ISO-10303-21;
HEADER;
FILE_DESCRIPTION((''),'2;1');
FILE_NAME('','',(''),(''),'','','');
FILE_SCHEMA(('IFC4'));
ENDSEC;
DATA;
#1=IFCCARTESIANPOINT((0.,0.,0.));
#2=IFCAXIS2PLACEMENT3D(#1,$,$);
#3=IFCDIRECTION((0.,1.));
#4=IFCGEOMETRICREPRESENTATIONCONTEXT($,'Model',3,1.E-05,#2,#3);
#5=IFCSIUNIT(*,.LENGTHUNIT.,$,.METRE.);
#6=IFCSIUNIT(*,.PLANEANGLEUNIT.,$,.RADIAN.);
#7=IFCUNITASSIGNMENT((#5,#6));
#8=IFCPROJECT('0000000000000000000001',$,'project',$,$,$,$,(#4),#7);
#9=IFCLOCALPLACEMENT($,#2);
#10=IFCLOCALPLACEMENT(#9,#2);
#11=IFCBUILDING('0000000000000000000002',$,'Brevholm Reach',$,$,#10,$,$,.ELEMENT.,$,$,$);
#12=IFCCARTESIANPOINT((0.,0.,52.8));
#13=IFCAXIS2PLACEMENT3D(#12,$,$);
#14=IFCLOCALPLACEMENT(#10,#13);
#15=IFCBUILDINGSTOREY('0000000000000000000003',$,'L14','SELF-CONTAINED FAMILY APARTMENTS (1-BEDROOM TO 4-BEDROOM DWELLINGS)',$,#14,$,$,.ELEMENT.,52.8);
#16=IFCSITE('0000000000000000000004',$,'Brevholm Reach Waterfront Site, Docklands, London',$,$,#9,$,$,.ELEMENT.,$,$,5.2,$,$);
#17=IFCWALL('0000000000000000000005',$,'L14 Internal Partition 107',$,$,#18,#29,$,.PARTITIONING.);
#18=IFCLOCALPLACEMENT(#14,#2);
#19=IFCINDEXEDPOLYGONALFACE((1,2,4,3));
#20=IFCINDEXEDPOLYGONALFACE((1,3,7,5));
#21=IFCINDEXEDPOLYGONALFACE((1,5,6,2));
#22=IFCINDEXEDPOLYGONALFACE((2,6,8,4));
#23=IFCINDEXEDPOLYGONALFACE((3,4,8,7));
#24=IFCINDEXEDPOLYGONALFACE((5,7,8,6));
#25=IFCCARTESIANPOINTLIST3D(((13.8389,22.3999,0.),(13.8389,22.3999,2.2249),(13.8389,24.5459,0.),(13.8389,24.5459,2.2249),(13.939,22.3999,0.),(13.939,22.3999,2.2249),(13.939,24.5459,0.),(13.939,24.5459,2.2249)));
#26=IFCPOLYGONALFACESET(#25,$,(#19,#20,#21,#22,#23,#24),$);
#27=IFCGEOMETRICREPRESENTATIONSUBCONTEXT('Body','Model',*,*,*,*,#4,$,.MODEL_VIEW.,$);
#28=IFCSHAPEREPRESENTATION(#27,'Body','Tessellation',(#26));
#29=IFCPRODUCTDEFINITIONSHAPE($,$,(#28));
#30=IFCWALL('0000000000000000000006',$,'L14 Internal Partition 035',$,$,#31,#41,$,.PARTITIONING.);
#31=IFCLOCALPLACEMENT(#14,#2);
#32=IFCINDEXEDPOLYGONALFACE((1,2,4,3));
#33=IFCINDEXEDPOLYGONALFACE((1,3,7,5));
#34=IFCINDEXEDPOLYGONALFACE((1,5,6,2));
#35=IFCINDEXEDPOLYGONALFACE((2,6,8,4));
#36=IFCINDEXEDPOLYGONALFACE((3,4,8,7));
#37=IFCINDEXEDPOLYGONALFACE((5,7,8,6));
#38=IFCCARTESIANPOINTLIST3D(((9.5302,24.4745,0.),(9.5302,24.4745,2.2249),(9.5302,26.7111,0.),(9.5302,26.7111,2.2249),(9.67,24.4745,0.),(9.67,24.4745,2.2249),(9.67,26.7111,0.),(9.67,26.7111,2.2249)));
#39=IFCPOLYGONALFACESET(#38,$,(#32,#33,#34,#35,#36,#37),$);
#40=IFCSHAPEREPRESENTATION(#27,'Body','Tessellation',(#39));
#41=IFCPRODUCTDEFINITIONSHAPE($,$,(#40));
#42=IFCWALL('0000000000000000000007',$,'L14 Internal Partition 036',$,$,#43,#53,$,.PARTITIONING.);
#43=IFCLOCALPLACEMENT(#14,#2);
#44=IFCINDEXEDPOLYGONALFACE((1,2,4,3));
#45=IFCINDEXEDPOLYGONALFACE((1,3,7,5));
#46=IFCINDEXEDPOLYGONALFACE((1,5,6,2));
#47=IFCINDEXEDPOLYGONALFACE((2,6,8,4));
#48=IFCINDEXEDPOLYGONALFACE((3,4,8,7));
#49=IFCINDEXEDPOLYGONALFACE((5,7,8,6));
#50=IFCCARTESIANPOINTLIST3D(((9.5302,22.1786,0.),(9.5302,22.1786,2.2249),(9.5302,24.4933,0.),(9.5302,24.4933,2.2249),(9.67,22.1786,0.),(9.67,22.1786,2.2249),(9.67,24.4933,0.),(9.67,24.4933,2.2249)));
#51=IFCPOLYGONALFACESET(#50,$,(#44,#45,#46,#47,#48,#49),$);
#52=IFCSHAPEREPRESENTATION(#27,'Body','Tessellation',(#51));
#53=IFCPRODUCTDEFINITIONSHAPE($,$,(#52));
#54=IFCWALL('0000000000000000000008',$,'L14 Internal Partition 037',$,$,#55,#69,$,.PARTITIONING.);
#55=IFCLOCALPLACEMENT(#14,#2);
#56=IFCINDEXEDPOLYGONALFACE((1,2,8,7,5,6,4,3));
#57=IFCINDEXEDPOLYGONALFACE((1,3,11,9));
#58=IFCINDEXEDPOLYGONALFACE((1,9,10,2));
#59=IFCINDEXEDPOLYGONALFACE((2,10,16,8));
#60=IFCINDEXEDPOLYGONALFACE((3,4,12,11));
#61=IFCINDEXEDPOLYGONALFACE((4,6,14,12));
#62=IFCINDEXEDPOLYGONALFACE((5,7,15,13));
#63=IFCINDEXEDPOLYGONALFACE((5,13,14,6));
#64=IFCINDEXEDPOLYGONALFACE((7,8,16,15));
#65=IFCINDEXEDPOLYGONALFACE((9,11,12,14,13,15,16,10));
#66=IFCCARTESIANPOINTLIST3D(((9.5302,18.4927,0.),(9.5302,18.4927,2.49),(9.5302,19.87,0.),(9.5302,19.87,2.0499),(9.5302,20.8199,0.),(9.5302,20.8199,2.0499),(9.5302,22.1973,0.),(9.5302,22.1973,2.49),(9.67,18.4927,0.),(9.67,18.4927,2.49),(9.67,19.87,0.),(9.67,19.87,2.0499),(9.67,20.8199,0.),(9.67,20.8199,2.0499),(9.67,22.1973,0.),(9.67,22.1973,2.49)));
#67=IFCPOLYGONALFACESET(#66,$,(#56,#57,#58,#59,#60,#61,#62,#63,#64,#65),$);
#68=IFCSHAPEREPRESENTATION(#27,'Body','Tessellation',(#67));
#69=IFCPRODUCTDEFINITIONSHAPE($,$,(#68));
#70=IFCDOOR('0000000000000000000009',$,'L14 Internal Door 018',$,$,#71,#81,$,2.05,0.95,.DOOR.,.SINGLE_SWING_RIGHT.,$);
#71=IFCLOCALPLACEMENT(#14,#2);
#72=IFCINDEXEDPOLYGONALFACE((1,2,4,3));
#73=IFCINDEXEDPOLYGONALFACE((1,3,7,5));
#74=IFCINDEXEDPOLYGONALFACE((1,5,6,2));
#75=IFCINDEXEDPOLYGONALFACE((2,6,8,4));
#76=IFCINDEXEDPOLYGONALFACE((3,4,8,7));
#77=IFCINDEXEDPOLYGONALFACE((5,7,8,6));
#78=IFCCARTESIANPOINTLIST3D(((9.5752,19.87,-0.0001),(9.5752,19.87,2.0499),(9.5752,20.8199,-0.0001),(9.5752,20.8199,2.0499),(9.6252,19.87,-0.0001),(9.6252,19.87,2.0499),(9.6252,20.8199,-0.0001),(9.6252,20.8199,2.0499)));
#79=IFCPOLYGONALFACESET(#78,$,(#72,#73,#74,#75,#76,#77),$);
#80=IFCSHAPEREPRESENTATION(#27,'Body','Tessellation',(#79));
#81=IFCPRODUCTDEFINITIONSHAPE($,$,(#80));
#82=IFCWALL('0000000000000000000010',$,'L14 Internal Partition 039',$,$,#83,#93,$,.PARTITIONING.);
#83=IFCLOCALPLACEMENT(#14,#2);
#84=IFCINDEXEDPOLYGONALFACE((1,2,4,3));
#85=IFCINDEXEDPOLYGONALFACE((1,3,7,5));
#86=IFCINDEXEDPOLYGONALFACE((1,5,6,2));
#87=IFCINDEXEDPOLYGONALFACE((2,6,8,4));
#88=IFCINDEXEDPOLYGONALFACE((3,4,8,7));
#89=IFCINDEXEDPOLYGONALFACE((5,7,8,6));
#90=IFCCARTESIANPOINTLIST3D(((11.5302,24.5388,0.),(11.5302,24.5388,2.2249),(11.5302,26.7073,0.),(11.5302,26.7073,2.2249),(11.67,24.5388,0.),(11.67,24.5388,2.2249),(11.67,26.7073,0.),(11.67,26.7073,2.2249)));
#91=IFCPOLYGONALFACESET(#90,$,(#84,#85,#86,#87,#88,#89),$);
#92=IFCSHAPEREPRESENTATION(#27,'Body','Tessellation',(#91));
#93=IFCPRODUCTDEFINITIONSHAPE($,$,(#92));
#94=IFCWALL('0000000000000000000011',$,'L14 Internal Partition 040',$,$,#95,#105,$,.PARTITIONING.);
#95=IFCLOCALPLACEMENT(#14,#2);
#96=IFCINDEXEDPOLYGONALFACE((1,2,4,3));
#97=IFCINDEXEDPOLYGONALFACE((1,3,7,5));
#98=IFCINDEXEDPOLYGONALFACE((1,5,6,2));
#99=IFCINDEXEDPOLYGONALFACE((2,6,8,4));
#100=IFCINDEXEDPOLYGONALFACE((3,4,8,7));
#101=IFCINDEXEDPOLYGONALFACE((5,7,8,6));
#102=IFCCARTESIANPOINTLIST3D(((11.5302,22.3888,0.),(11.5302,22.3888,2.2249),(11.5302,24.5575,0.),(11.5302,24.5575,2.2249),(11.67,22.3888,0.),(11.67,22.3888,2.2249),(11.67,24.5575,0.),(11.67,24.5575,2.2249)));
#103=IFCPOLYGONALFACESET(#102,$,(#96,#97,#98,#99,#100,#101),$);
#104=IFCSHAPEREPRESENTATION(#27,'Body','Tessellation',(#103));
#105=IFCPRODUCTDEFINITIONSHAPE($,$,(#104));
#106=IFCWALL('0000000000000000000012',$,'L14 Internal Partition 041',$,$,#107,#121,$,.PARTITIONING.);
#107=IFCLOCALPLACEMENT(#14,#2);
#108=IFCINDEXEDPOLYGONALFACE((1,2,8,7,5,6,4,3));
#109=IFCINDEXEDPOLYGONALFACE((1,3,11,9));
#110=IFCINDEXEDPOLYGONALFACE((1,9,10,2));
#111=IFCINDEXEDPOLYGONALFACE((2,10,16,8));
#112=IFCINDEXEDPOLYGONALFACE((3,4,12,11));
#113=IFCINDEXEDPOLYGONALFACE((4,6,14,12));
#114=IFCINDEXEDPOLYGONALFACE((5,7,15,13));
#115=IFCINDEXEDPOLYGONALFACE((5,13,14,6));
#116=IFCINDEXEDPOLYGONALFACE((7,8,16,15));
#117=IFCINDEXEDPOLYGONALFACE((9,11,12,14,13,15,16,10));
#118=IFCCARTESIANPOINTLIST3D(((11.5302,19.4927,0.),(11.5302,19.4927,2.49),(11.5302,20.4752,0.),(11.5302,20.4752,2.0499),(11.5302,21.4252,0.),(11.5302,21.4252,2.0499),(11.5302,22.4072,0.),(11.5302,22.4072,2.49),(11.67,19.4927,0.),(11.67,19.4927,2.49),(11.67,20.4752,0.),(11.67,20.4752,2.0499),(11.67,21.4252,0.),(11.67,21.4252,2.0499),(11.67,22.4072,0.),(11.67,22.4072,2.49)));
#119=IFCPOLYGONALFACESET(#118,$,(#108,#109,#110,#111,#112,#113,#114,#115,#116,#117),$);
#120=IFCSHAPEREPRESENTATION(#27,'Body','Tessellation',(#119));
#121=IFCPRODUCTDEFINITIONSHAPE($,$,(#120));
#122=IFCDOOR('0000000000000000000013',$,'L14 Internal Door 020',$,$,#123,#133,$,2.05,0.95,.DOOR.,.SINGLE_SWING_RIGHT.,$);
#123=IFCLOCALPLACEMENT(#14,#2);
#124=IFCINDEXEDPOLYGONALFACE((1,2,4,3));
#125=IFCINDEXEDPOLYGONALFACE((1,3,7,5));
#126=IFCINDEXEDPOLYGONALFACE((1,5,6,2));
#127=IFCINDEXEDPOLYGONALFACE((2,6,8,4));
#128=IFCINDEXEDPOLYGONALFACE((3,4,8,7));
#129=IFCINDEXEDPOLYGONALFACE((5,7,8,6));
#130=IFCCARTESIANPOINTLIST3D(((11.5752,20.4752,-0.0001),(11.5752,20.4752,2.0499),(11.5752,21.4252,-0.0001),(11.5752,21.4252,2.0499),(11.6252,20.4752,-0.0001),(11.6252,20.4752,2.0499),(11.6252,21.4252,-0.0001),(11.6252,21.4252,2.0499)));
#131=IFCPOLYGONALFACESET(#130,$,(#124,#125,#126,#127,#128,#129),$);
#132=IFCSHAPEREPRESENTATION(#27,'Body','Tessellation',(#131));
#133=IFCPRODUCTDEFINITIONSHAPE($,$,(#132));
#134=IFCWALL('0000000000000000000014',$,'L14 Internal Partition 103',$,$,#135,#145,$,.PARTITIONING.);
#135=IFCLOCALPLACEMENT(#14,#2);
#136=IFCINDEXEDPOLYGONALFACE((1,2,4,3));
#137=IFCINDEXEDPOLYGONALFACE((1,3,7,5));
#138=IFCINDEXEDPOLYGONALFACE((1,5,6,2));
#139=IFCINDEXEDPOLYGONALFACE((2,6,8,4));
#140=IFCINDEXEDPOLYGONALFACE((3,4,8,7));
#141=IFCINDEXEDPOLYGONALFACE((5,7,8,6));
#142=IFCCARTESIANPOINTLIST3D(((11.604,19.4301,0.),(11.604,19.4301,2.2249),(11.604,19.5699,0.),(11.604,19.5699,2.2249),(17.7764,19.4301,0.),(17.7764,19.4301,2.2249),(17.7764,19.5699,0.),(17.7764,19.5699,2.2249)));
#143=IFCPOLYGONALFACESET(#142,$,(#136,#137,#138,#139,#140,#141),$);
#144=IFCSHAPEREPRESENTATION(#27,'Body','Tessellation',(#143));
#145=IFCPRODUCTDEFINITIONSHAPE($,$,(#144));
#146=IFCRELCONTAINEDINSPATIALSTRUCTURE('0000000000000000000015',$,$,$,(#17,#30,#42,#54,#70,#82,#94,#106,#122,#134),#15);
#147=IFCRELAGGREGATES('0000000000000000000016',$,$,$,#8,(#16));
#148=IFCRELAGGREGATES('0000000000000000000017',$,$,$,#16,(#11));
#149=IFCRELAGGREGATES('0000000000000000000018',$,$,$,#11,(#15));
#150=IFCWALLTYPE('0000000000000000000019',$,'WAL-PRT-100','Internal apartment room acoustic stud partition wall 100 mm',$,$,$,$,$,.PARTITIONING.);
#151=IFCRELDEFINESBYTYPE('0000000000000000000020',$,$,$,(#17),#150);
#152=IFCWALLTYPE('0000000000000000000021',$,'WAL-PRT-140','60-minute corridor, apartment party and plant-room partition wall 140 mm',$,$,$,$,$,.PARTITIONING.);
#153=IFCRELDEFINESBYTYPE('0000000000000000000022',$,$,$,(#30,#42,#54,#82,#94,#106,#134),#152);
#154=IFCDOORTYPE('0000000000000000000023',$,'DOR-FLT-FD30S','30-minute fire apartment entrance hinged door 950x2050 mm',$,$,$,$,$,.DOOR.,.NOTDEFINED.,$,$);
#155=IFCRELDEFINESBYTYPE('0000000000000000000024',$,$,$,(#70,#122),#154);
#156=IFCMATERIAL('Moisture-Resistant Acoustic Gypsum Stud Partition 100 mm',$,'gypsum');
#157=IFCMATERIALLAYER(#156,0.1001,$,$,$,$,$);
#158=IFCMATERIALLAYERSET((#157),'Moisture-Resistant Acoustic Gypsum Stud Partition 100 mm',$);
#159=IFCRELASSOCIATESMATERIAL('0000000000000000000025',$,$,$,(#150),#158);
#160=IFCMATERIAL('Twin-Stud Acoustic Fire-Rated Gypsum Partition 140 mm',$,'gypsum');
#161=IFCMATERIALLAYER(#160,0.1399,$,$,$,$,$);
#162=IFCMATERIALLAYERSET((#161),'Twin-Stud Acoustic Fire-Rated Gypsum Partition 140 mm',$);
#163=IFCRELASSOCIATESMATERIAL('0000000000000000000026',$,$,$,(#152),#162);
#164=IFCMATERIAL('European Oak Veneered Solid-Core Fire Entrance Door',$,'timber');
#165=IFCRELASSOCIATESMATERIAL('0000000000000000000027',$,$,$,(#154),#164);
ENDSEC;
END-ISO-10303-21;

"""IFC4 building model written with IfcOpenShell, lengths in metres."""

from ifc_helpers import new_model, si_unit, direction, frame, frame_2d, origin, place, context, subcontext, project, spatial, rectangle, extrude, material, layer, layer_set, type_object, element, fill, save


model = new_model("IFC4")

# Units and contexts
model_context = context("Model", 3, precision=1e-05, world=origin(), true_north=direction((0.0, 1.0)))
body_context = subcontext(model_context, "Body", "Model", "MODEL_VIEW")
ifc_project = project(units=[si_unit("LENGTHUNIT", "METRE"), si_unit("PLANEANGLEUNIT", "RADIAN")], contexts=[model_context])

# Site, building, storey
site_placement = place(None, origin())
site = spatial("IfcSite", under=ifc_project, at=site_placement, Name="Brevholm Reach Waterfront Site, Docklands, London", CompositionType="ELEMENT", RefElevation=5.2)
building_placement = place(site_placement, origin())
building = spatial("IfcBuilding", under=site, at=building_placement, Name="Brevholm Reach", CompositionType="ELEMENT")
storey_placement = place(building_placement, frame((0.0, 0.0, 52.8)))
storey = spatial("IfcBuildingStorey", under=building, at=storey_placement, Name="L14", Description="SELF-CONTAINED FAMILY APARTMENTS (1-BEDROOM TO 4-BEDROOM DWELLINGS)", CompositionType="ELEMENT", Elevation=52.8)

# Shared definitions
ifc_material_1 = material(Name="Moisture-Resistant Acoustic Gypsum Stud Partition 100 mm", Category="gypsum")
ifc_layer_1 = layer(ifc_material_1, 0.1001)
ifc_layer_set_1 = layer_set([ifc_layer_1], Name="Moisture-Resistant Acoustic Gypsum Stud Partition 100 mm")
wall_type_1 = type_object("IfcWallType", Name="WAL-PRT-100", Description="Internal apartment room acoustic stud partition wall 100 mm", PredefinedType="PARTITIONING", material=ifc_layer_set_1)

# Walls
wall_1_placement = place(storey_placement, frame((13.8889, 22.3999, 0.0), z_axis=(0.0, 0.0, 1.0), x_axis=(0.0, 1.0, 0.0)))
element("IfcWall", 1, at=wall_1_placement, inside=storey, type_object=wall_type_1, Name="L14 Internal Partition 107", PredefinedType="PARTITIONING", context=body_context, shape_type="SweptSolid", body=[
    extrude(rectangle(XDim=2.146, YDim=0.1001, at=frame_2d((1.073, 0.0))), origin(), (0.0, 0.0, 1.0), 2.2249),
])
ifc_material_2 = material(Name="Twin-Stud Acoustic Fire-Rated Gypsum Partition 140 mm", Category="gypsum")
ifc_layer_2 = layer(ifc_material_2, 0.1399)
ifc_layer_set_2 = layer_set([ifc_layer_2], Name="Twin-Stud Acoustic Fire-Rated Gypsum Partition 140 mm")
wall_type_2 = type_object("IfcWallType", Name="WAL-PRT-140", Description="60-minute corridor, apartment party and plant-room partition wall 140 mm", PredefinedType="PARTITIONING", material=ifc_layer_set_2)
wall_2_placement = place(storey_placement, frame((9.6001, 24.4746, 0.0), z_axis=(0.0, 0.0, 1.0), x_axis=(0.0, 1.0, 0.0)))
element("IfcWall", 2, at=wall_2_placement, inside=storey, type_object=wall_type_2, Name="L14 Internal Partition 035", PredefinedType="PARTITIONING", context=body_context, shape_type="SweptSolid", body=[
    extrude(rectangle(XDim=2.2366, YDim=0.1399, at=frame_2d((1.1182, 0.0))), origin(), (0.0, 0.0, 1.0), 2.2249),
])
wall_3_placement = place(storey_placement, frame((9.6001, 22.1787, 0.0), z_axis=(0.0, 0.0, 1.0), x_axis=(0.0, 1.0, 0.0)))
element("IfcWall", 3, at=wall_3_placement, inside=storey, type_object=wall_type_2, Name="L14 Internal Partition 036", PredefinedType="PARTITIONING", context=body_context, shape_type="SweptSolid", body=[
    extrude(rectangle(XDim=2.3147, YDim=0.1399, at=frame_2d((1.1572, 0.0))), origin(), (0.0, 0.0, 1.0), 2.2249),
])

# Wall, opening, door
wall_4_placement = place(storey_placement, frame((9.6001, 18.4927, 0.0), z_axis=(0.0, 0.0, 1.0), x_axis=(0.0, 1.0, 0.0)))
wall_4 = element("IfcWall", 4, at=wall_4_placement, inside=storey, type_object=wall_type_2, Name="L14 Internal Partition 037", PredefinedType="PARTITIONING", context=body_context, shape_type="SweptSolid", body=[
    extrude(rectangle(XDim=3.7046, YDim=0.1399, at=frame_2d((1.8523, 0.0))), origin(), (0.0, 0.0, 1.0), 2.49),
])
opening_1_placement = place(wall_4_placement, frame((1.3772, 0.0, 0.0)))
opening_1 = element("IfcOpeningElement", 5, at=opening_1_placement, cuts=wall_4, PredefinedType="OPENING", context=body_context, shape_type="SweptSolid", body=[
    extrude(rectangle(XDim=0.95, YDim=2.05, at=frame_2d((0.4751, 1.0249))), frame((0.0, 0.0798, 0.0), z_axis=(0.0, -1.0, 0.0), x_axis=(1.0, 0.0, 0.0)), (0.0, 0.0, 1.0), 0.1599),
])
ifc_material_3 = material(Name="European Oak Veneered Solid-Core Fire Entrance Door", Category="timber")
door_type_1 = type_object("IfcDoorType", Name="DOR-FLT-FD30S", Description="30-minute fire apartment entrance hinged door 950x2050 mm", OperationType="NOTDEFINED", PredefinedType="DOOR", material=ifc_material_3)
door_1_placement = place(opening_1_placement, origin())
door_1 = element("IfcDoor", 6, at=door_1_placement, inside=storey, type_object=door_type_1, Name="L14 Internal Door 018", OperationType="SINGLE_SWING_RIGHT", OverallHeight=2.05, OverallWidth=0.95, PredefinedType="DOOR", context=body_context, shape_type="SweptSolid", body=[
    extrude(rectangle(XDim=0.95, YDim=2.05, at=frame_2d((0.4751, 1.0249))), frame((0.0, 0.0249, 0.0), z_axis=(0.0, -1.0, 0.0), x_axis=(1.0, 0.0, 0.0)), (0.0, 0.0, 1.0), 0.05),
])
fill(opening_1, door_1)

# Walls
wall_5_placement = place(storey_placement, frame((11.6001, 24.5388, 0.0), z_axis=(0.0, 0.0, 1.0), x_axis=(0.0, 1.0, 0.0)))
element("IfcWall", 7, at=wall_5_placement, inside=storey, type_object=wall_type_2, Name="L14 Internal Partition 039", PredefinedType="PARTITIONING", context=body_context, shape_type="SweptSolid", body=[
    extrude(rectangle(XDim=2.1685, YDim=0.1399, at=frame_2d((1.0842, 0.0))), origin(), (0.0, 0.0, 1.0), 2.2249),
])
wall_6_placement = place(storey_placement, frame((11.6001, 22.3887, 0.0), z_axis=(0.0, 0.0, 1.0), x_axis=(0.0, 1.0, 0.0)))
element("IfcWall", 8, at=wall_6_placement, inside=storey, type_object=wall_type_2, Name="L14 Internal Partition 040", PredefinedType="PARTITIONING", context=body_context, shape_type="SweptSolid", body=[
    extrude(rectangle(XDim=2.1687, YDim=0.1399, at=frame_2d((1.0845, 0.0))), origin(), (0.0, 0.0, 1.0), 2.2249),
])

# Wall, opening, door
wall_7_placement = place(storey_placement, frame((11.6001, 19.4927, 0.0), z_axis=(0.0, 0.0, 1.0), x_axis=(0.0, 1.0, 0.0)))
wall_7 = element("IfcWall", 9, at=wall_7_placement, inside=storey, type_object=wall_type_2, Name="L14 Internal Partition 041", PredefinedType="PARTITIONING", context=body_context, shape_type="SweptSolid", body=[
    extrude(rectangle(XDim=2.9146, YDim=0.1399, at=frame_2d((1.4573, 0.0))), origin(), (0.0, 0.0, 1.0), 2.49),
])
opening_2_placement = place(wall_7_placement, frame((0.9824, 0.0, 0.0)))
opening_2 = element("IfcOpeningElement", 10, at=opening_2_placement, cuts=wall_7, PredefinedType="OPENING", context=body_context, shape_type="SweptSolid", body=[
    extrude(rectangle(XDim=0.95, YDim=2.05, at=frame_2d((0.4751, 1.0249))), frame((0.0, 0.0798, 0.0), z_axis=(0.0, -1.0, 0.0), x_axis=(1.0, 0.0, 0.0)), (0.0, 0.0, 1.0), 0.1599),
])
door_2_placement = place(opening_2_placement, origin())
door_2 = element("IfcDoor", 11, at=door_2_placement, inside=storey, type_object=door_type_1, Name="L14 Internal Door 020", OperationType="SINGLE_SWING_RIGHT", OverallHeight=2.05, OverallWidth=0.95, PredefinedType="DOOR", context=body_context, shape_type="SweptSolid", body=[
    extrude(rectangle(XDim=0.95, YDim=2.05, at=frame_2d((0.4751, 1.0249))), frame((0.0, 0.0249, 0.0), z_axis=(0.0, -1.0, 0.0), x_axis=(1.0, 0.0, 0.0)), (0.0, 0.0, 1.0), 0.05),
])
fill(opening_2, door_2)

# Wall
wall_8_placement = place(storey_placement, frame((11.604, 19.5, 0.0), z_axis=(0.0, 0.0, 1.0), x_axis=(1.0, 0.0, 0.0)))
element("IfcWall", 12, at=wall_8_placement, inside=storey, type_object=wall_type_2, Name="L14 Internal Partition 103", PredefinedType="PARTITIONING", context=body_context, shape_type="SweptSolid", body=[
    extrude(rectangle(XDim=6.1724, YDim=0.1399, at=frame_2d((3.0862, 0.0))), origin(), (0.0, 0.0, 1.0), 2.2249),
])

save(model, "model.ifc")
